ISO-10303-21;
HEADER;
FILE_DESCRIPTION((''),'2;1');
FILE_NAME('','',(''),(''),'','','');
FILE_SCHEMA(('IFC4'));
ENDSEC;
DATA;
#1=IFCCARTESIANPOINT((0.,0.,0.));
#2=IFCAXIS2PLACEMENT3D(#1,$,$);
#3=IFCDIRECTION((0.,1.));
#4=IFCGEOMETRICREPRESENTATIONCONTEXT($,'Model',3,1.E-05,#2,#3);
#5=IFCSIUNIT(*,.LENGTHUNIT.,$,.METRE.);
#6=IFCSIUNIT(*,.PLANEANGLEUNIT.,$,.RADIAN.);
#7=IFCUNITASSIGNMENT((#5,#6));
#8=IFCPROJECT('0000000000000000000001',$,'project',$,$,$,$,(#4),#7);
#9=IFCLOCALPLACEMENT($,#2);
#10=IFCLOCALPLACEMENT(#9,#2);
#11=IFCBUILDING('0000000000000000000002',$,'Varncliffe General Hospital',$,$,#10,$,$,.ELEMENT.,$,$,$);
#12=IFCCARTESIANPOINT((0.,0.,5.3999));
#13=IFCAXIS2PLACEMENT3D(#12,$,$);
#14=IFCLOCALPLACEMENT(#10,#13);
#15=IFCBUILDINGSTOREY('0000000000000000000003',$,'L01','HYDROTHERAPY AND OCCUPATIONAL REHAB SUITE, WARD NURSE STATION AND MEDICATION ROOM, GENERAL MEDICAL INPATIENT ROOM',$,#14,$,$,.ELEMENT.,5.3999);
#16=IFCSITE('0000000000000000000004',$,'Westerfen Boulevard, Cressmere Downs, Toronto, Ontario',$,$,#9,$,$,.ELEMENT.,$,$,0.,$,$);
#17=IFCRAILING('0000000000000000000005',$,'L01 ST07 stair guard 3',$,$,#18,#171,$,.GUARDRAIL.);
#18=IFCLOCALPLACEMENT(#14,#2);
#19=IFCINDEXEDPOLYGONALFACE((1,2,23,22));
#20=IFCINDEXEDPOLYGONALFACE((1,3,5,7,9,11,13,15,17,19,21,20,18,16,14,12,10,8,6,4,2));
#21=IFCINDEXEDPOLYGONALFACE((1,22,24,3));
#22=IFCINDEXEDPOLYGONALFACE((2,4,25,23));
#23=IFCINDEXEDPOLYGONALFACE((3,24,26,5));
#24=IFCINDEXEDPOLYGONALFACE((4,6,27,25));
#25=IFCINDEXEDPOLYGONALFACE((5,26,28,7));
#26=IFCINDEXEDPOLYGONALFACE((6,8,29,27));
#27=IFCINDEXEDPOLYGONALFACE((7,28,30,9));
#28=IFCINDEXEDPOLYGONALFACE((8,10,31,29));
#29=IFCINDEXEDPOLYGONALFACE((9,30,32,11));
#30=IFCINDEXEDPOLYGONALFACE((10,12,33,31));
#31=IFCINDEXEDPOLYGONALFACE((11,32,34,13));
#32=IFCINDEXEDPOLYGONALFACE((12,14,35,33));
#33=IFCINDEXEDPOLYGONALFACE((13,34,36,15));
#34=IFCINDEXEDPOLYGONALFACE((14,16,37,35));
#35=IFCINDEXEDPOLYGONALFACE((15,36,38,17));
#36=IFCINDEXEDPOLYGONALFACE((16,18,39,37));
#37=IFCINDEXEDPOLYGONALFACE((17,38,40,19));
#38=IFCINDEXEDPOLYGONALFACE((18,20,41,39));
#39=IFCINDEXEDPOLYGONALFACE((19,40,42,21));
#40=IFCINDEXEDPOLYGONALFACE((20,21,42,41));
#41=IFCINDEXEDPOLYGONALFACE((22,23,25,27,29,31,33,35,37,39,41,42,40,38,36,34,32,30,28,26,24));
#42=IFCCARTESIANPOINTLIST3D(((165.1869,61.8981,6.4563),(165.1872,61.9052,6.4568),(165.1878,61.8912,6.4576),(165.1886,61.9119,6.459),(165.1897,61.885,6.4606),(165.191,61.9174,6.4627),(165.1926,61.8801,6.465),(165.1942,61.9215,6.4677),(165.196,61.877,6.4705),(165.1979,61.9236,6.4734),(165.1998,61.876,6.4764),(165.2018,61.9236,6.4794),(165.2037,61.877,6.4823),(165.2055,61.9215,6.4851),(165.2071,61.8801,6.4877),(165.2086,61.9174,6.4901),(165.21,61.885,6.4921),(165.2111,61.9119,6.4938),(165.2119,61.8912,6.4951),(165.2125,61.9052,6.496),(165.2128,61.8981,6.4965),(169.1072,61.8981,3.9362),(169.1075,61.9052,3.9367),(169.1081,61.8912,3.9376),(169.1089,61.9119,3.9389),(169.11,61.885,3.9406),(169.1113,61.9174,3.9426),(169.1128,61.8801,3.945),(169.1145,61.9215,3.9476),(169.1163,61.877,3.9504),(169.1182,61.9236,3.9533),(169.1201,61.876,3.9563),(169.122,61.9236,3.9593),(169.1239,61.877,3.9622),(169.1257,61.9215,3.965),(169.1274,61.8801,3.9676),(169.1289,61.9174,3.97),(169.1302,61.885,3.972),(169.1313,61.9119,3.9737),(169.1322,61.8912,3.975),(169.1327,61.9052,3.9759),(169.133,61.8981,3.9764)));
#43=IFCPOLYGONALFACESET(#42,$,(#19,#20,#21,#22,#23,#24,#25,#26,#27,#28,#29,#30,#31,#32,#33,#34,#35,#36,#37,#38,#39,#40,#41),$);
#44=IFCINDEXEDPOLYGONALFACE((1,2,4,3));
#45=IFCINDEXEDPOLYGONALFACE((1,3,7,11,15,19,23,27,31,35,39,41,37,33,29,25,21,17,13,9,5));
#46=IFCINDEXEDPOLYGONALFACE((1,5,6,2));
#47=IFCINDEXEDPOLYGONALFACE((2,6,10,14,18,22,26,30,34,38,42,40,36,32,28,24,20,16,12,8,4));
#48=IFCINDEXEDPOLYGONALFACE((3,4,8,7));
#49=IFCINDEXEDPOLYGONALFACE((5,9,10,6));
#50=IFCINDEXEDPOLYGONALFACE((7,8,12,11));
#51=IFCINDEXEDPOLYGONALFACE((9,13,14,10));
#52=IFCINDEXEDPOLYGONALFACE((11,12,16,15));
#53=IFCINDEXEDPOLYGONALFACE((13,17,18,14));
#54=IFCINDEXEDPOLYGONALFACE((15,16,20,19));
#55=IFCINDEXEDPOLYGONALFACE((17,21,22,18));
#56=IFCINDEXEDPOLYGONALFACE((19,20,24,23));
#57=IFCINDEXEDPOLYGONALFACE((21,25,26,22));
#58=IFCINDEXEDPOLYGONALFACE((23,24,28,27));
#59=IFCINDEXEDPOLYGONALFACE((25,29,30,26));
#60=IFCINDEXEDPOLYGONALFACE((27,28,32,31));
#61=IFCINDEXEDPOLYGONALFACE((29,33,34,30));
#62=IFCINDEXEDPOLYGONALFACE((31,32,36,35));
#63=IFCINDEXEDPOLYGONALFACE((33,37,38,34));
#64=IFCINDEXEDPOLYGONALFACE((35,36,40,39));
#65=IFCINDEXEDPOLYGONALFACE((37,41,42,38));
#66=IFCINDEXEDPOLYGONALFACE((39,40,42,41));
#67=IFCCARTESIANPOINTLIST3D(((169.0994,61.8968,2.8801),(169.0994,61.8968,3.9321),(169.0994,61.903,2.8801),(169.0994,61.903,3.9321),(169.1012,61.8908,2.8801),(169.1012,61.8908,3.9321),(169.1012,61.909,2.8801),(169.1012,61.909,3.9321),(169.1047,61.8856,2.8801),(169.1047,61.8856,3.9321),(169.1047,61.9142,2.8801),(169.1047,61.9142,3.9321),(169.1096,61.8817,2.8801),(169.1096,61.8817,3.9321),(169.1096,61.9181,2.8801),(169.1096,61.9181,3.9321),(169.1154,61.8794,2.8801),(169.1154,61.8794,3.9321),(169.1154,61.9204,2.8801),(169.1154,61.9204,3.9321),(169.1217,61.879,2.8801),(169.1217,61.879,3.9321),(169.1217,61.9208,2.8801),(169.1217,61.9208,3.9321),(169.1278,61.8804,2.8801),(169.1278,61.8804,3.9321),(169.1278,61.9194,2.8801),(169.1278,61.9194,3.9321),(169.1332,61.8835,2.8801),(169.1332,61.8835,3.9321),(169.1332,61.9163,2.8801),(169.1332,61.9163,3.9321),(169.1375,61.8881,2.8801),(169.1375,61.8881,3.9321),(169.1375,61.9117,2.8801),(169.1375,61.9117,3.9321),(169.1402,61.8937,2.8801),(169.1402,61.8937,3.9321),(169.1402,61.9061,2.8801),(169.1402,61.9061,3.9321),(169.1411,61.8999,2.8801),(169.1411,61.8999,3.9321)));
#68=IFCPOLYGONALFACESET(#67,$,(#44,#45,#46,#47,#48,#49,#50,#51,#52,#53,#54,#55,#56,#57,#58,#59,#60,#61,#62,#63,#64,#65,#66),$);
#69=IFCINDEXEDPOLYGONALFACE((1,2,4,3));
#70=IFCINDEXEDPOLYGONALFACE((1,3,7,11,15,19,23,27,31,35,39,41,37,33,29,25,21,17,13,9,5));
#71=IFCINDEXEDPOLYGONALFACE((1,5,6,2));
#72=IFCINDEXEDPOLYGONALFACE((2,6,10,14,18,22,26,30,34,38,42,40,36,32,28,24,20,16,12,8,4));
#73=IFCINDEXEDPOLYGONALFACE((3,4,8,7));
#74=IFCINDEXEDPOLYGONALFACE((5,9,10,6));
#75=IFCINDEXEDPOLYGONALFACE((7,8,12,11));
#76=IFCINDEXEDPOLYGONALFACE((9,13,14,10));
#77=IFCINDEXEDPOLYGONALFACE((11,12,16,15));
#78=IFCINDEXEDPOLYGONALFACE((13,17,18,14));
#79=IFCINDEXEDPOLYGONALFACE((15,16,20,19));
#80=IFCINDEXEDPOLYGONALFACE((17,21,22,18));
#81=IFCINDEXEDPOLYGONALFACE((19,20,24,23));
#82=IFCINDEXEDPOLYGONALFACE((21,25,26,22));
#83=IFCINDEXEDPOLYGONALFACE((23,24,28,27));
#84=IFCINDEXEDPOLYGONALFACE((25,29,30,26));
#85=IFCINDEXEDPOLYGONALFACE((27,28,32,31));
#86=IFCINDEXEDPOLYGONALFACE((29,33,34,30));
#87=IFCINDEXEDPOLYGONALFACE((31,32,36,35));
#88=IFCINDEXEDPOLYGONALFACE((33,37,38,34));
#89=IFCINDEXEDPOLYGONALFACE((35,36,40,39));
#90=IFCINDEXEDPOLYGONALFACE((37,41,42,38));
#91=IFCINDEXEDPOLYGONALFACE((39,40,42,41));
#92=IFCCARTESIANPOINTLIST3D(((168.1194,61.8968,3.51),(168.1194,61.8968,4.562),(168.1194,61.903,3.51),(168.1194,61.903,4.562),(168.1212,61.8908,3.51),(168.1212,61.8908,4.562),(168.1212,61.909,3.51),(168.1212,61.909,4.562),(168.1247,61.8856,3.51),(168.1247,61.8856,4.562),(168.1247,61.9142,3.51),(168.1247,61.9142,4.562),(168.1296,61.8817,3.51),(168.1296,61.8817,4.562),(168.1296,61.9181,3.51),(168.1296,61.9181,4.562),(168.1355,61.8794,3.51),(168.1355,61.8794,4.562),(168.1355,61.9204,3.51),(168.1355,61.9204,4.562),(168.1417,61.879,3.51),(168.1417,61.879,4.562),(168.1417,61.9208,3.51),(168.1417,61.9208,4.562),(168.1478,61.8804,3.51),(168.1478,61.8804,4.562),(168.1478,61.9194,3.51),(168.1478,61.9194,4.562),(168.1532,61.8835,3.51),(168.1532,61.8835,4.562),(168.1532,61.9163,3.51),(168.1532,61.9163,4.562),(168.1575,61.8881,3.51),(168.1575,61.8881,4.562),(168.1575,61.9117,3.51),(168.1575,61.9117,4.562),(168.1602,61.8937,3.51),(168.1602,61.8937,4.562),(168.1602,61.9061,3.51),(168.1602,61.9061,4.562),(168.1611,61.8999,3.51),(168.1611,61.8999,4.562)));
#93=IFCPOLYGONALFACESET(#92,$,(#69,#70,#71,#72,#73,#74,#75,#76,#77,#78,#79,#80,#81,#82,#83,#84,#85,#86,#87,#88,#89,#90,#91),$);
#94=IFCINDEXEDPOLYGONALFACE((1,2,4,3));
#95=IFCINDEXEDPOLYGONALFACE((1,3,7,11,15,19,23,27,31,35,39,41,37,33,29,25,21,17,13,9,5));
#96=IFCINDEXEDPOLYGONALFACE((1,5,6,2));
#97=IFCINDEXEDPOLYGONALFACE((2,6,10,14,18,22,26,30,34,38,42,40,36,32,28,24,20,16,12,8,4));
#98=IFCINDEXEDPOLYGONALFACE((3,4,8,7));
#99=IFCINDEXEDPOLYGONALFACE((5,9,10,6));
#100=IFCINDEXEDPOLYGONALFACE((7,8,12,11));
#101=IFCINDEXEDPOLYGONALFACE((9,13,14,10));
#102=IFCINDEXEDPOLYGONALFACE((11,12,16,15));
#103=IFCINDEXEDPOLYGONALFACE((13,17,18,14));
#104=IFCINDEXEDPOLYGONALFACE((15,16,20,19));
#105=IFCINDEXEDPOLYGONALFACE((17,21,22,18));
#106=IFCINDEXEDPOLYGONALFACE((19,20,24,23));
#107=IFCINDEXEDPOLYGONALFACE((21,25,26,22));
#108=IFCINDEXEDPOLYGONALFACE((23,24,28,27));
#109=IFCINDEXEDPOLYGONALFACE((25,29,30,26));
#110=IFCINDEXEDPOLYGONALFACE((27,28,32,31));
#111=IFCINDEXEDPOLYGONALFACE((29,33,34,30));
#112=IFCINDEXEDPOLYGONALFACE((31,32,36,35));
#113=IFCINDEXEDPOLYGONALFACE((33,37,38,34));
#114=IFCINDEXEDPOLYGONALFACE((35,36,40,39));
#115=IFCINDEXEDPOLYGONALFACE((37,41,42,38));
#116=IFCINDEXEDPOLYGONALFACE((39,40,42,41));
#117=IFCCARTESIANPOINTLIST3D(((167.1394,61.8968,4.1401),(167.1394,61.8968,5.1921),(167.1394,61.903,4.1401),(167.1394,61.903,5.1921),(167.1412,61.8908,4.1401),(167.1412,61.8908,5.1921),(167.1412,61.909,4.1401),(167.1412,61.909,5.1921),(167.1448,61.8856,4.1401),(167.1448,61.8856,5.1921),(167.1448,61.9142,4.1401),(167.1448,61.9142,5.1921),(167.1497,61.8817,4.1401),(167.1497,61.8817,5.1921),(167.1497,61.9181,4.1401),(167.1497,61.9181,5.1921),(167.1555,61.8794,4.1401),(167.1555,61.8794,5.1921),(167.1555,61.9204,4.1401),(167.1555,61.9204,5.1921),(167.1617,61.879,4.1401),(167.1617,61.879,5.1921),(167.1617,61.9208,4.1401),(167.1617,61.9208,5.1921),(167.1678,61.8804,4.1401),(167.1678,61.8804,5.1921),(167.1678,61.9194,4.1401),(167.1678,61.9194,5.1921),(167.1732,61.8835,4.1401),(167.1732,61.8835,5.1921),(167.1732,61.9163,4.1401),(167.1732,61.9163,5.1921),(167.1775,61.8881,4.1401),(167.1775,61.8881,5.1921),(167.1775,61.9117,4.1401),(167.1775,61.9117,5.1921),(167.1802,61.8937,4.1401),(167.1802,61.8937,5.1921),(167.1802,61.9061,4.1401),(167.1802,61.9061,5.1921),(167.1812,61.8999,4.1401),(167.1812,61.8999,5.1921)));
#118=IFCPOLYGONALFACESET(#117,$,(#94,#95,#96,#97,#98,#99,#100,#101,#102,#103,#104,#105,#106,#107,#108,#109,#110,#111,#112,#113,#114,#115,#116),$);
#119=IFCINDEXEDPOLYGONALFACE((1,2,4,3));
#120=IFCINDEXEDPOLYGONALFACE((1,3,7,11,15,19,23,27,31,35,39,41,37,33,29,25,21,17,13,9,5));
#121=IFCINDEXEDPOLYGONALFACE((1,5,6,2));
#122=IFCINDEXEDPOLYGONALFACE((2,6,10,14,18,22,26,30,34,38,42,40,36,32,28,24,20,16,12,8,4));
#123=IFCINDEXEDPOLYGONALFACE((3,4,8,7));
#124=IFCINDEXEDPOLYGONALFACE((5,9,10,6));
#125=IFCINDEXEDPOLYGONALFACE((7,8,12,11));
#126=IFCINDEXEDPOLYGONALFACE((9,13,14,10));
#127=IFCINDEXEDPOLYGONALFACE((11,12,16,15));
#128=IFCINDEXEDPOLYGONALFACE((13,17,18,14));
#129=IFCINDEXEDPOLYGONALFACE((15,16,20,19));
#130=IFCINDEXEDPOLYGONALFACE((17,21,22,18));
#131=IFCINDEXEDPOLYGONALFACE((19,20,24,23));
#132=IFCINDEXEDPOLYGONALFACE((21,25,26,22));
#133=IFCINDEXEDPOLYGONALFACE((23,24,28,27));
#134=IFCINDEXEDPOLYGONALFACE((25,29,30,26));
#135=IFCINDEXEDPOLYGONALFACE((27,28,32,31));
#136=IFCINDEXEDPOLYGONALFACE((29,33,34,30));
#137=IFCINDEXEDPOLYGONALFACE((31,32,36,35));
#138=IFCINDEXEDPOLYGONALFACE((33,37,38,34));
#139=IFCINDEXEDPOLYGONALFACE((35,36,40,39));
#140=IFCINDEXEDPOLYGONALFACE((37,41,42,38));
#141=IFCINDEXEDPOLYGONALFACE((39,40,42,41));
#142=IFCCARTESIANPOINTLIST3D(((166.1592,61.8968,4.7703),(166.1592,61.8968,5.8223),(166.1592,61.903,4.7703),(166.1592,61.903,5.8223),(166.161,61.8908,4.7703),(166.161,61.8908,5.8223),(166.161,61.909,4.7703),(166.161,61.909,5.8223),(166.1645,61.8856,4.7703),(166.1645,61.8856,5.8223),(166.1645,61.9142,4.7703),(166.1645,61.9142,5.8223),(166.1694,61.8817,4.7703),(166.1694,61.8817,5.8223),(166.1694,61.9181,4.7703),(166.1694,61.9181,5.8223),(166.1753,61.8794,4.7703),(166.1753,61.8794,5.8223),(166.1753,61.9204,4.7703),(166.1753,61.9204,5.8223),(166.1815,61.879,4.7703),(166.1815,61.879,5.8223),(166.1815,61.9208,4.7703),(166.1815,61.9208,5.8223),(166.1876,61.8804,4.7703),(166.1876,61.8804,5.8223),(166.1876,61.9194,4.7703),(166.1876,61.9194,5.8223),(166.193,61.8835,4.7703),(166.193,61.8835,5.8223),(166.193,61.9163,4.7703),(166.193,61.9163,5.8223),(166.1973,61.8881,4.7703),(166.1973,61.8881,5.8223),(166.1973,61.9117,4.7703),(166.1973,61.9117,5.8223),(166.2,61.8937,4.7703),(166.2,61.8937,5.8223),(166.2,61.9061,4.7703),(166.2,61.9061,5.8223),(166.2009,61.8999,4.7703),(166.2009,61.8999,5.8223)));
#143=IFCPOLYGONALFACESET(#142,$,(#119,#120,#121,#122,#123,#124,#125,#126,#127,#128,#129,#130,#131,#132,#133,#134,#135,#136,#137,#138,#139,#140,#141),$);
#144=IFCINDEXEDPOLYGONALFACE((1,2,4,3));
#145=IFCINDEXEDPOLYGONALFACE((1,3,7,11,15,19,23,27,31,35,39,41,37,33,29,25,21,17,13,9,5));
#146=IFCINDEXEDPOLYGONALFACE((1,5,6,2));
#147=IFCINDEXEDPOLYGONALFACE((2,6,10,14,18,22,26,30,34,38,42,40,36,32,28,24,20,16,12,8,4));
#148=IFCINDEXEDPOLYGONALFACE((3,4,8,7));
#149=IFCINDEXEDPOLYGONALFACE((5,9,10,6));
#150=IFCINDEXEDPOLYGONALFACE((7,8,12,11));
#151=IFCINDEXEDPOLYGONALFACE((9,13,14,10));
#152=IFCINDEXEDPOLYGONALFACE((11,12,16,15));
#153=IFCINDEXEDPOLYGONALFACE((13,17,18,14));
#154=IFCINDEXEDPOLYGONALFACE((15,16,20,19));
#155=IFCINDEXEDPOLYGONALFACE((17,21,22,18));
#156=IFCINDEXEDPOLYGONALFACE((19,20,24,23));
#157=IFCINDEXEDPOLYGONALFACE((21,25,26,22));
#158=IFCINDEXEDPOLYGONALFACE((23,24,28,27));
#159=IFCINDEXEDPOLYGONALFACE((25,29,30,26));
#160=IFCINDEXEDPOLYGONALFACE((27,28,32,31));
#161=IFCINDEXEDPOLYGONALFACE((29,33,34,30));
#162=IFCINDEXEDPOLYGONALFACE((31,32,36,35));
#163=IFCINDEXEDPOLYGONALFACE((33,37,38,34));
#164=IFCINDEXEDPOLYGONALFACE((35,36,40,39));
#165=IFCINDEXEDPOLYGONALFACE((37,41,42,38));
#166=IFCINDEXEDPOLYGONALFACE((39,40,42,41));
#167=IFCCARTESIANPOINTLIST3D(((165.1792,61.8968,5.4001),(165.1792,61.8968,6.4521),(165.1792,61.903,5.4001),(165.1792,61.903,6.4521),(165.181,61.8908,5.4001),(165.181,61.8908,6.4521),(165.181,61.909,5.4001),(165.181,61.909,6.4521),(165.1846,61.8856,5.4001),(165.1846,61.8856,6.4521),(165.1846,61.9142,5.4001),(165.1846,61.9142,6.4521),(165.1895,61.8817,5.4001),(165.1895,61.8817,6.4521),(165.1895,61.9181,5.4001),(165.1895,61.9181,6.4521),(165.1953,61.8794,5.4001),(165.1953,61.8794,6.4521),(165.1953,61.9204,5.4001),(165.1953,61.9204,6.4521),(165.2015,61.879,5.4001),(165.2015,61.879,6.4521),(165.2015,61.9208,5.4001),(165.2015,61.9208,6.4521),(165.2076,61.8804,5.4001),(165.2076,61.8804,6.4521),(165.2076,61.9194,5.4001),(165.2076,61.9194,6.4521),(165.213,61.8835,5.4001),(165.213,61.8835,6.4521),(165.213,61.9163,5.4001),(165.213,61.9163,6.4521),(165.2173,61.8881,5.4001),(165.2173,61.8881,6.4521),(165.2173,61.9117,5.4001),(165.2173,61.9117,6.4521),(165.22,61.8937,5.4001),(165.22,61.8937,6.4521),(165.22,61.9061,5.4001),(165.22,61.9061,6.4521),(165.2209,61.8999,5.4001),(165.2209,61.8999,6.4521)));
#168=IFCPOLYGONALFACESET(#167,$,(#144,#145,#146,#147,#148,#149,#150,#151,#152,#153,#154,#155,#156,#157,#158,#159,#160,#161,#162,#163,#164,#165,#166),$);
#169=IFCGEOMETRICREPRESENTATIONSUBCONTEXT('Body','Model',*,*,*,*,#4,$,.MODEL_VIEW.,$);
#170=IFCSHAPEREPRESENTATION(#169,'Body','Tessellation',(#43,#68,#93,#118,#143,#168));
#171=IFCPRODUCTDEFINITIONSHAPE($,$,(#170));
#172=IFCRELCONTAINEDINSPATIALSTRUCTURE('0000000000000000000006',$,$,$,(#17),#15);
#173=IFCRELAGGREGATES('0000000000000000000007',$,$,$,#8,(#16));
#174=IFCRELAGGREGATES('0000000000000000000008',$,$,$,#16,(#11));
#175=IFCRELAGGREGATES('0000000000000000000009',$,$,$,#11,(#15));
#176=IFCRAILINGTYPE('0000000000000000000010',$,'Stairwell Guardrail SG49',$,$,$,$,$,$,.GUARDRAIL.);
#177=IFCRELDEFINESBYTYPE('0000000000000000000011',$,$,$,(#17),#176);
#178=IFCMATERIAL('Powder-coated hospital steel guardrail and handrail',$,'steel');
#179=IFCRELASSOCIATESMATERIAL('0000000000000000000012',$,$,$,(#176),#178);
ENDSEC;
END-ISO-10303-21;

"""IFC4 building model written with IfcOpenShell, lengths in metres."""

from ifc_helpers import new_model, si_unit, direction, frame, origin, origin_2d, place, context, subcontext, project, spatial, circle, extrude, material, type_object, element, save


model = new_model("IFC4")

# Units and contexts
model_context = context("Model", 3, precision=1e-05, world=origin(), true_north=direction((0.0, 1.0)))
body_context = subcontext(model_context, "Body", "Model", "MODEL_VIEW")
ifc_project = project(units=[si_unit("LENGTHUNIT", "METRE"), si_unit("PLANEANGLEUNIT", "RADIAN")], contexts=[model_context])

# Site, building, storey
site_placement = place(None, origin())
site = spatial("IfcSite", under=ifc_project, at=site_placement, Name="Westerfen Boulevard, Cressmere Downs, Toronto, Ontario", CompositionType="ELEMENT", RefElevation=0.0)
building_placement = place(site_placement, origin())
building = spatial("IfcBuilding", under=site, at=building_placement, Name="Varncliffe General Hospital", CompositionType="ELEMENT")
storey_placement = place(building_placement, frame((0.0, 0.0, 5.3999)))
storey = spatial("IfcBuildingStorey", under=building, at=storey_placement, Name="L01", Description="HYDROTHERAPY AND OCCUPATIONAL REHAB SUITE, WARD NURSE STATION AND MEDICATION ROOM, GENERAL MEDICAL INPATIENT ROOM", CompositionType="ELEMENT", Elevation=5.3999)

# Railing
ifc_material_1 = material(Name="Powder-coated hospital steel guardrail and handrail", Category="steel")
railing_type_1 = type_object("IfcRailingType", Name="Stairwell Guardrail SG49", PredefinedType="GUARDRAIL", material=ifc_material_1)
railing_1_placement = place(storey_placement, frame((169.1201, 61.8999, 2.8801)))
element("IfcRailing", 1, at=railing_1_placement, inside=storey, type_object=railing_type_1, Name="L01 ST07 stair guard 3", PredefinedType="GUARDRAIL", context=body_context, shape_type="SweptSolid", body=[
    extrude(circle(Radius=0.0239, at=origin_2d()), frame((0.0, 0.0, 1.0762), z_axis=(-0.841187, 0.0, 0.540744), x_axis=(0.0, -1.0, 0.0)), (0.0, 0.0, 1.0), 4.6604),
    extrude(circle(Radius=0.021, at=origin_2d()), origin(), (0.0, 0.0, 1.0), 1.052),
    extrude(circle(Radius=0.021, at=origin_2d()), frame((-0.98, 0.0, 0.6299)), (0.0, 0.0, 1.0), 1.052),
    extrude(circle(Radius=0.021, at=origin_2d()), frame((-1.96, 0.0, 1.26)), (0.0, 0.0, 1.0), 1.052),
    extrude(circle(Radius=0.021, at=origin_2d()), frame((-2.9402, 0.0, 1.8901)), (0.0, 0.0, 1.0), 1.052),
    extrude(circle(Radius=0.021, at=origin_2d()), frame((-3.9202, 0.0, 2.52)), (0.0, 0.0, 1.0), 1.052),
])

save(model, "model.ifc")
